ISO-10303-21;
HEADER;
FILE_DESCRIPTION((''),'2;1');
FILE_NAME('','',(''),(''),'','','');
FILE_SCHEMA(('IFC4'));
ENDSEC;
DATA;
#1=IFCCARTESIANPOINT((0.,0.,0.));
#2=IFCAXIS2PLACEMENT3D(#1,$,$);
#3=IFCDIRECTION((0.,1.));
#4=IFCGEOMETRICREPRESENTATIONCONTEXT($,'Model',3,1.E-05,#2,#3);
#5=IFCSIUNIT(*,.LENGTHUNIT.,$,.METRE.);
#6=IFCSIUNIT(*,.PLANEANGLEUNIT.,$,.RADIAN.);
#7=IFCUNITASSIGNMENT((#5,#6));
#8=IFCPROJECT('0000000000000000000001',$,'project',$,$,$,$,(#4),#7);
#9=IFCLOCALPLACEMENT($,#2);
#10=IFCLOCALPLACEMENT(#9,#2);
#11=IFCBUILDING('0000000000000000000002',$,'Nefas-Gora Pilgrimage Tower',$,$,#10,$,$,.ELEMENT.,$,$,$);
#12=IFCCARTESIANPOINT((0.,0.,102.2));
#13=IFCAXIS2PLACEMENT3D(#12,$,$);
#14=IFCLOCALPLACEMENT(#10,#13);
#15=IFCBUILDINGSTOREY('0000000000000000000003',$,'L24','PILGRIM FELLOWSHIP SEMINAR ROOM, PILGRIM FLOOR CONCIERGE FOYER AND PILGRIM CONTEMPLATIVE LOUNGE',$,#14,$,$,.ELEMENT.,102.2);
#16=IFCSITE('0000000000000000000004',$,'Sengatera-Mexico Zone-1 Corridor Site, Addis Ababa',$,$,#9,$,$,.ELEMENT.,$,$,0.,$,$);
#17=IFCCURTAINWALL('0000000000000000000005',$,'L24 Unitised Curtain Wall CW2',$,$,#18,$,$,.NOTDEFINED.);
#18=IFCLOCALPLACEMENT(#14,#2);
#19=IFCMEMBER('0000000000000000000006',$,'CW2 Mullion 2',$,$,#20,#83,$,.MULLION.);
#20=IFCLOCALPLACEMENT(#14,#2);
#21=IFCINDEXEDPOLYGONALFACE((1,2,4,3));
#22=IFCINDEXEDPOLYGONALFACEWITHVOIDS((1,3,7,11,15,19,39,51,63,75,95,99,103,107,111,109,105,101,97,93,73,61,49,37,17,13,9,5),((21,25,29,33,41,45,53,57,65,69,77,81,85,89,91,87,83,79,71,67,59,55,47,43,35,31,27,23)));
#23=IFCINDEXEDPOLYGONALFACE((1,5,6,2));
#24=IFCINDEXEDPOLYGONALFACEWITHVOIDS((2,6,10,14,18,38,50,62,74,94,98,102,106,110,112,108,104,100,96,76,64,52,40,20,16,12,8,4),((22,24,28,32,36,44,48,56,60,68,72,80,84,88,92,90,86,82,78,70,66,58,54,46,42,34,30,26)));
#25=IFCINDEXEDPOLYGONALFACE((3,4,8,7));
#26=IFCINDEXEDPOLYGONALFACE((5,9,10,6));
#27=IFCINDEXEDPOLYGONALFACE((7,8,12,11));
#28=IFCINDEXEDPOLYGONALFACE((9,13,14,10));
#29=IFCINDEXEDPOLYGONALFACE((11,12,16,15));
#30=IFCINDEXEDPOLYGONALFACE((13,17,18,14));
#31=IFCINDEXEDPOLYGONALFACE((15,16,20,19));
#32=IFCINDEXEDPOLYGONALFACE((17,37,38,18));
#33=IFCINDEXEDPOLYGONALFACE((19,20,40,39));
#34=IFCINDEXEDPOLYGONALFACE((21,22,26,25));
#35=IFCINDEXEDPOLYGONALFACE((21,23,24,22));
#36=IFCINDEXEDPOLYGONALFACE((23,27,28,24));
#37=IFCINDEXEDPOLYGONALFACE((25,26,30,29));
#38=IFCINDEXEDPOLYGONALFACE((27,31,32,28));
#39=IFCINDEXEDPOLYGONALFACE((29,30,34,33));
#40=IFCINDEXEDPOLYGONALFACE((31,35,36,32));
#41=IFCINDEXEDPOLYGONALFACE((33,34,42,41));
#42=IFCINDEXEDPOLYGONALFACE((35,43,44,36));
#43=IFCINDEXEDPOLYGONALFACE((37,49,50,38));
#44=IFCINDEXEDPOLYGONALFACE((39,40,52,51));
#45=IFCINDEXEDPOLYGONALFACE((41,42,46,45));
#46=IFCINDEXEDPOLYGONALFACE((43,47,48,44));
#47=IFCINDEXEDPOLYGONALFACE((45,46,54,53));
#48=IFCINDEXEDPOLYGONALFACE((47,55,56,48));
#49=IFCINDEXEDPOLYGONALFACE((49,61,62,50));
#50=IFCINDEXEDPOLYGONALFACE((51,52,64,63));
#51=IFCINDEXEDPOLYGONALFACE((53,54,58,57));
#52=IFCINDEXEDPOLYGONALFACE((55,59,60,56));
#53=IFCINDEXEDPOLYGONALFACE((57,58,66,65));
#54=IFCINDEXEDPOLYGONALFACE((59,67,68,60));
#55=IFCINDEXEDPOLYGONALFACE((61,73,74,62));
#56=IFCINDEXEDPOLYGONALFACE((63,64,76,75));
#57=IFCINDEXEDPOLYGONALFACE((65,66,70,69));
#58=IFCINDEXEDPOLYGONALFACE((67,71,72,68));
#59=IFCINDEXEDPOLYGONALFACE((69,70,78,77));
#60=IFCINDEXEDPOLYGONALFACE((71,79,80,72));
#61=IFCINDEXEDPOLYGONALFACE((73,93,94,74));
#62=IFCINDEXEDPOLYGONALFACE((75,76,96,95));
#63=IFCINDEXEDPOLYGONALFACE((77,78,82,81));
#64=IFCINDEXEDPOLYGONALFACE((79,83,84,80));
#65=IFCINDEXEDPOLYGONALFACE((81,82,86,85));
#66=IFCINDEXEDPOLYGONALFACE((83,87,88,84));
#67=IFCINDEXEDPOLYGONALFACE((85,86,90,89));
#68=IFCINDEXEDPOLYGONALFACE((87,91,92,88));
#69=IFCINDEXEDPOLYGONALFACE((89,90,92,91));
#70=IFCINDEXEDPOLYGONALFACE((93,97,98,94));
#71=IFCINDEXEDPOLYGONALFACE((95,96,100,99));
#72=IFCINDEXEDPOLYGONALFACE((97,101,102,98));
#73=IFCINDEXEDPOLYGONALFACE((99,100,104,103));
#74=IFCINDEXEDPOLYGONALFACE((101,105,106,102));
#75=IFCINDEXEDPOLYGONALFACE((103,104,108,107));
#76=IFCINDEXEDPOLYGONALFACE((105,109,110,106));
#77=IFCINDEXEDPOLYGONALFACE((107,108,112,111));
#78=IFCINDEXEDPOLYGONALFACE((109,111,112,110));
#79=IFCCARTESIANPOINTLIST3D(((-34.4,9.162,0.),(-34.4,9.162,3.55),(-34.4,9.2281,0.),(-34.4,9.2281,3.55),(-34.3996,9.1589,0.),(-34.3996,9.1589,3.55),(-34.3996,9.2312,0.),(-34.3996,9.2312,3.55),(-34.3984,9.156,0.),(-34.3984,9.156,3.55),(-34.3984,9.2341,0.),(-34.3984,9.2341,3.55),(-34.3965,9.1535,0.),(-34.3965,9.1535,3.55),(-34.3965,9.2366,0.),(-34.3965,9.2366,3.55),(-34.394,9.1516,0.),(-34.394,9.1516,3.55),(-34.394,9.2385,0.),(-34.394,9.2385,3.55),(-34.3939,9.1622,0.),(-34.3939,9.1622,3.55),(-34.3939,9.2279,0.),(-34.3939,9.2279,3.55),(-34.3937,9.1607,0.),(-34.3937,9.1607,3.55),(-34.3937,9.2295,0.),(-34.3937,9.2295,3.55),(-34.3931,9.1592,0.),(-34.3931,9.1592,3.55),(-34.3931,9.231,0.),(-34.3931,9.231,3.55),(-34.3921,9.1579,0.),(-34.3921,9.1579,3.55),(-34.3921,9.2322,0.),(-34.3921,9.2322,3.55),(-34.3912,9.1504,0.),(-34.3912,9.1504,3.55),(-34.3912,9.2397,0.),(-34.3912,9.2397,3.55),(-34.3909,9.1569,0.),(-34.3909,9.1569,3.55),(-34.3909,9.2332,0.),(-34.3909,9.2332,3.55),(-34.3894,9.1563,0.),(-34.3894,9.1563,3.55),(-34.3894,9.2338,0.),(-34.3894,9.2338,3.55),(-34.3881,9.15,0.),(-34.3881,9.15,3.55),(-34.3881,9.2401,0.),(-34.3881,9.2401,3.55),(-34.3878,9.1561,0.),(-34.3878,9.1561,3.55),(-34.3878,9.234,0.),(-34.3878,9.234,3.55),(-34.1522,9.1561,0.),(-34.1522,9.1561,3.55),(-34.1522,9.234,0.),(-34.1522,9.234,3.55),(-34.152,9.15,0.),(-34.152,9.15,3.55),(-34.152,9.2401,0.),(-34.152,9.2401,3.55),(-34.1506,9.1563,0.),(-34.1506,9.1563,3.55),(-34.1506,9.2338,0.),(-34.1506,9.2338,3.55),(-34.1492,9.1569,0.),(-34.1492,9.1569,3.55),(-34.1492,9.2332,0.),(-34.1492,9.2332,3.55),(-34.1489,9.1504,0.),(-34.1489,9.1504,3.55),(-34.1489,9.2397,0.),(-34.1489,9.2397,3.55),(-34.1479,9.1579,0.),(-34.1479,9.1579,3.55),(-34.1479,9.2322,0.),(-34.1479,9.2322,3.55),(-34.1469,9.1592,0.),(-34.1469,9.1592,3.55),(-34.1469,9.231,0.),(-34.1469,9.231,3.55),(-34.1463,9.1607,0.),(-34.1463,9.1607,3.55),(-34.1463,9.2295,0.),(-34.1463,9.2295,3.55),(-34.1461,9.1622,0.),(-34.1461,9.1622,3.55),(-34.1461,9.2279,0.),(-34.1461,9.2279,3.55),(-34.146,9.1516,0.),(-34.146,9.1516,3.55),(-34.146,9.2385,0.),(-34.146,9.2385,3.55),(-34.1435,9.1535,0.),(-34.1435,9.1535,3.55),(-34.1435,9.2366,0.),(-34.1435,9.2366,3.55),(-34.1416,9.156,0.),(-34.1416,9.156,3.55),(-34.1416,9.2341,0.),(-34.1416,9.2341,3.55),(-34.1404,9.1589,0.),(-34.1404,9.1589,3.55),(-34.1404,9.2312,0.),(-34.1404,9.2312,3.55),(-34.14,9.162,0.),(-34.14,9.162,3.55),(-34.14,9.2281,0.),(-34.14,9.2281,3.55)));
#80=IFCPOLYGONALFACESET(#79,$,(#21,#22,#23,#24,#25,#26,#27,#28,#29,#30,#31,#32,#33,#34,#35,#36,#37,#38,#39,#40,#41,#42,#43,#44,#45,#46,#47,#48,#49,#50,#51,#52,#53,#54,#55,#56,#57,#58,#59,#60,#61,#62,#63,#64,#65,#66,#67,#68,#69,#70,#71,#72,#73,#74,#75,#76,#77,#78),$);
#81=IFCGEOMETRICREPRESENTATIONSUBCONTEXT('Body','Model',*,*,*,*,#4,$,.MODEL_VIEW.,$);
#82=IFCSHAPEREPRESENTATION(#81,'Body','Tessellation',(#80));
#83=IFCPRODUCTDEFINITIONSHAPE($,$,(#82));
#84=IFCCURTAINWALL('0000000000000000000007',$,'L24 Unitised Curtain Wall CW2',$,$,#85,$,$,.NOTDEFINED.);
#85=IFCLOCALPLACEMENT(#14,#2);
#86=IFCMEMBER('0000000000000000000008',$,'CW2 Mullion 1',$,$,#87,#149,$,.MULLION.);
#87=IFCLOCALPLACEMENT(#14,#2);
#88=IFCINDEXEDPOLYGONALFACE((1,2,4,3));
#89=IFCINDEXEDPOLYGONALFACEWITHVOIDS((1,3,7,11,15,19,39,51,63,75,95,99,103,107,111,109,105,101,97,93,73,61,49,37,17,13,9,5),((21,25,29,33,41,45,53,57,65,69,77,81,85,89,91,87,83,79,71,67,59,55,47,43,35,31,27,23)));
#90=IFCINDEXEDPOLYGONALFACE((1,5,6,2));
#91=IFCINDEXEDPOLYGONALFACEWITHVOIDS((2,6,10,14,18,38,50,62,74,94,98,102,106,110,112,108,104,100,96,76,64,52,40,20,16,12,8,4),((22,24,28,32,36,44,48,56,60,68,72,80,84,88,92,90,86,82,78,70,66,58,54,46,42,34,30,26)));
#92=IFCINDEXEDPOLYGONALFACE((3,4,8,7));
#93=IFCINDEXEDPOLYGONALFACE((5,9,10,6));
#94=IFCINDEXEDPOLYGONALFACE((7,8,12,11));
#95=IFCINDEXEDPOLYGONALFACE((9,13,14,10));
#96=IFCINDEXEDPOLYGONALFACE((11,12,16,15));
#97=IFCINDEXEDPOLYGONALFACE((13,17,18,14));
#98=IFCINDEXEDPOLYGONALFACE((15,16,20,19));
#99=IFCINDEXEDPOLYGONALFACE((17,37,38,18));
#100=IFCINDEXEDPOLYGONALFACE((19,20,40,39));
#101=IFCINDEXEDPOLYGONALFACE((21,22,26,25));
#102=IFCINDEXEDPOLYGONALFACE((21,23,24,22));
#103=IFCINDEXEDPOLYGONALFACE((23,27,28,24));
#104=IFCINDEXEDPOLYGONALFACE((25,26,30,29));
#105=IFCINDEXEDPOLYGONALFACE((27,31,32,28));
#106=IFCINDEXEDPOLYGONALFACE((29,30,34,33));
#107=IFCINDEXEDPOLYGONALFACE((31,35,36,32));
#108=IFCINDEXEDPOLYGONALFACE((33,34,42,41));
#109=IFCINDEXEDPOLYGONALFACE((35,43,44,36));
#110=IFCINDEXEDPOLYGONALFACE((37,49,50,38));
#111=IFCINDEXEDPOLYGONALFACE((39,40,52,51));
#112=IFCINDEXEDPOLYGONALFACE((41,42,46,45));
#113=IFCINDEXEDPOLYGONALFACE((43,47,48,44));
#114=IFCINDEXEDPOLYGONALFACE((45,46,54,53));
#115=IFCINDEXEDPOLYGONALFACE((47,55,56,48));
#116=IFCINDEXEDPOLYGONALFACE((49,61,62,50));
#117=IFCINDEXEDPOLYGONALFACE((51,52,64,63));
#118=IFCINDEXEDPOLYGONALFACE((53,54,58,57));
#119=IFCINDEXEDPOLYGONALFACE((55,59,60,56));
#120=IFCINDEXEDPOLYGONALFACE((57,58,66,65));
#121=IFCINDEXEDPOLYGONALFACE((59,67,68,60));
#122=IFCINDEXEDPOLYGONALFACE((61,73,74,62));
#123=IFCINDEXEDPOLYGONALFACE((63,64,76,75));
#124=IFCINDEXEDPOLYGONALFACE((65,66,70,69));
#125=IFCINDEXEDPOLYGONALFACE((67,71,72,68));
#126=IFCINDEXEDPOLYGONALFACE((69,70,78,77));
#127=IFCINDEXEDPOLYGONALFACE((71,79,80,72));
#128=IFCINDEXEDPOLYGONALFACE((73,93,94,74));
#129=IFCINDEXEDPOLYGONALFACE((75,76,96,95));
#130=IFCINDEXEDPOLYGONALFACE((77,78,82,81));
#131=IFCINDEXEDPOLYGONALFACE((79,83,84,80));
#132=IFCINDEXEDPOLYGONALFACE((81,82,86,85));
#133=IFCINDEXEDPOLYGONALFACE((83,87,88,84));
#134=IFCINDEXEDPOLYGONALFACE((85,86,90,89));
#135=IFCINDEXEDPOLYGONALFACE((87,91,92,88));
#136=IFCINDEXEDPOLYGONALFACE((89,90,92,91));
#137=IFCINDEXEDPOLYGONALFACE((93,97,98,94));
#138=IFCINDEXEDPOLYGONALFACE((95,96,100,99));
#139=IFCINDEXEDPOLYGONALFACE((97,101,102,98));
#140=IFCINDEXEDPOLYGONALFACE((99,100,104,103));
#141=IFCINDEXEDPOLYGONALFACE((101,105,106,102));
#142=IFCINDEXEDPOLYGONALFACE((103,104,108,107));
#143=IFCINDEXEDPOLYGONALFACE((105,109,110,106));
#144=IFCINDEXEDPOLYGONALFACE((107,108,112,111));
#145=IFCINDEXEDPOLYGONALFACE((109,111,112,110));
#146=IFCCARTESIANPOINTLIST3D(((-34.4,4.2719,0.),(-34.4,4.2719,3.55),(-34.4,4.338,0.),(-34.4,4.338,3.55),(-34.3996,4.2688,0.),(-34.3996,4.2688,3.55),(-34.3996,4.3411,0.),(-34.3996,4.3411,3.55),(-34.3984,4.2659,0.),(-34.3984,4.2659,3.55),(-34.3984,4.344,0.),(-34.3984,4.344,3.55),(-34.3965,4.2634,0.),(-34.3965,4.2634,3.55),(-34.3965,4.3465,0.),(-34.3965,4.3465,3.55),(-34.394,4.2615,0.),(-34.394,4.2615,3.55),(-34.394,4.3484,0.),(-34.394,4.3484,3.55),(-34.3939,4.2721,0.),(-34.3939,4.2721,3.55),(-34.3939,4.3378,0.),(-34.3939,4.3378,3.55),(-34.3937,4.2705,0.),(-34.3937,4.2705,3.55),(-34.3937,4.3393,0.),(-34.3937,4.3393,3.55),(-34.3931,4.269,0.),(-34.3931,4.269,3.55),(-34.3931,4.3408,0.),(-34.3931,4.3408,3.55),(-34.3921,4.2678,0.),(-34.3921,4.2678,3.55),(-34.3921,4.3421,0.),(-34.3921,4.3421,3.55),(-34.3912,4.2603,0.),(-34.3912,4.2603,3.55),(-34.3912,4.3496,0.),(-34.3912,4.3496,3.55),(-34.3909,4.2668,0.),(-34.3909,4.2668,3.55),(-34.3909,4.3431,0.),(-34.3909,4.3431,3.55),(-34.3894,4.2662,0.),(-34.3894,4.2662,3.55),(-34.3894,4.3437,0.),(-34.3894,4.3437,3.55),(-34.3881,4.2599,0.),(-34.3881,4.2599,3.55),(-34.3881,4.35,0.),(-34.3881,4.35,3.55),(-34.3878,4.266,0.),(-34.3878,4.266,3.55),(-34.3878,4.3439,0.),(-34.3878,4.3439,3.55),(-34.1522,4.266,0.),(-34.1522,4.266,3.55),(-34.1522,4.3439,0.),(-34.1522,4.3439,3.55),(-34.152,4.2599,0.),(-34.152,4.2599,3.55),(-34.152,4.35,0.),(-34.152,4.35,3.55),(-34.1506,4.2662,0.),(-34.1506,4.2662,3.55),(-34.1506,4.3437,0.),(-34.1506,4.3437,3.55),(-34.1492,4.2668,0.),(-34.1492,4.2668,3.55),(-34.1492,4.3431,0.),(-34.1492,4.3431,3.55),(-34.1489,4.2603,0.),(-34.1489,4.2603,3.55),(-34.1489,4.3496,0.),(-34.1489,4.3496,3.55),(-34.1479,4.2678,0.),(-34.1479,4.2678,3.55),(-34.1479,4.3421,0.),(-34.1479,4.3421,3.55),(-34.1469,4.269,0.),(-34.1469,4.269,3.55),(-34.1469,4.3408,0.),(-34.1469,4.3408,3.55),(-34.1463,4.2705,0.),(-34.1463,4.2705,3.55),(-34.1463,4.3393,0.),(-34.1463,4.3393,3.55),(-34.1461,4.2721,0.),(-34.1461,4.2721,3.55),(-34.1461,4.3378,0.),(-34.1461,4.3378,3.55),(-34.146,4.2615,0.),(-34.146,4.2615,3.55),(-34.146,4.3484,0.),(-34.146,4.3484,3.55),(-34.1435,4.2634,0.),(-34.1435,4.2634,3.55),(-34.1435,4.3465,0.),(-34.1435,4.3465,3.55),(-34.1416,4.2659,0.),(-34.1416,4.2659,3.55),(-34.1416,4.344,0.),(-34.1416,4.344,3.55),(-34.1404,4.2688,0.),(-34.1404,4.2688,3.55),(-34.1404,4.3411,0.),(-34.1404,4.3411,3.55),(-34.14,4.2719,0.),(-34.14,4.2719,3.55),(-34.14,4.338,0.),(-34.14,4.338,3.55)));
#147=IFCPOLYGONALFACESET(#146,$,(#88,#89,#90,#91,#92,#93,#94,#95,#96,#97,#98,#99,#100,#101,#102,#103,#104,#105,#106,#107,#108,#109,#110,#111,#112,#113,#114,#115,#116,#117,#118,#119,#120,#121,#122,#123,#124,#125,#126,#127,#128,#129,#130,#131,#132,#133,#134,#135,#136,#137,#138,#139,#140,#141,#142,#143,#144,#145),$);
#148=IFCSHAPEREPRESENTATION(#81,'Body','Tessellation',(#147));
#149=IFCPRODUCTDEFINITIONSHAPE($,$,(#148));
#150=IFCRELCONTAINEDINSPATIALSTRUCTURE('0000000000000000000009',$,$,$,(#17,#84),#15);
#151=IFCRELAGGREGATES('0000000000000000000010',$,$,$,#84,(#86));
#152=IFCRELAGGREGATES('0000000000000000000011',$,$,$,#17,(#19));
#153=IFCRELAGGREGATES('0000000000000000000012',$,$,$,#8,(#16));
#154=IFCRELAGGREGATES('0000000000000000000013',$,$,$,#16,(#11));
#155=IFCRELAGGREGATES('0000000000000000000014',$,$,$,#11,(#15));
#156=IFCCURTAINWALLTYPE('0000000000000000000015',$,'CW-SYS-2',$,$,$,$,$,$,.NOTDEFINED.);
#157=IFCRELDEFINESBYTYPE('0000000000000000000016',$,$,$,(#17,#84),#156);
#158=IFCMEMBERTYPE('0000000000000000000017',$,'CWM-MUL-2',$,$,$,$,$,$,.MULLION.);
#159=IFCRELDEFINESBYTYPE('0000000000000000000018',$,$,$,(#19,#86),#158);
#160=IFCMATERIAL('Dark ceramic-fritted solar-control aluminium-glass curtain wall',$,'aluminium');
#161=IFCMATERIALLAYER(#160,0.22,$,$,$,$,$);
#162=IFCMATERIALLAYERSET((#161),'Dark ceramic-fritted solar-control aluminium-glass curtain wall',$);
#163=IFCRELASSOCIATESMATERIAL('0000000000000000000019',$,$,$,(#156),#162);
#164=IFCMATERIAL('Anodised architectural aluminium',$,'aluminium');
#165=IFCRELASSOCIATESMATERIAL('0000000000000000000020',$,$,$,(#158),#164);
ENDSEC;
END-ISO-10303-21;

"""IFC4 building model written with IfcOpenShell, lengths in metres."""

from ifc_helpers import new_model, si_unit, direction, frame, origin, origin_2d, place, context, subcontext, project, spatial, hollow_rectangle, extrude, source, transform, mapped, material, layer, layer_set, material_profile, profile_set, type_object, element, aggregate, save


model = new_model("IFC4")

# Units and contexts
model_context = context("Model", 3, precision=1e-05, world=origin(), true_north=direction((0.0, 1.0)))
body_context = subcontext(model_context, "Body", "Model", "MODEL_VIEW")
ifc_project = project(units=[si_unit("LENGTHUNIT", "METRE"), si_unit("PLANEANGLEUNIT", "RADIAN")], contexts=[model_context])

# Site, building, storey
site_placement = place(None, origin())
site = spatial("IfcSite", under=ifc_project, at=site_placement, Name="Sengatera-Mexico Zone-1 Corridor Site, Addis Ababa", CompositionType="ELEMENT", RefElevation=0.0)
building_placement = place(site_placement, origin())
building = spatial("IfcBuilding", under=site, at=building_placement, Name="Nefas-Gora Pilgrimage Tower", CompositionType="ELEMENT")
storey_placement = place(building_placement, frame((0.0, 0.0, 102.2)))
storey = spatial("IfcBuildingStorey", under=building, at=storey_placement, Name="L24", Description="PILGRIM FELLOWSHIP SEMINAR ROOM, PILGRIM FLOOR CONCIERGE FOYER AND PILGRIM CONTEMPLATIVE LOUNGE", CompositionType="ELEMENT", Elevation=102.2)

# Shared definitions
ifc_material_1 = material(Name="Dark ceramic-fritted solar-control aluminium-glass curtain wall", Category="aluminium")
ifc_layer_1 = layer(ifc_material_1, 0.22)
ifc_layer_set_1 = layer_set([ifc_layer_1], Name="Dark ceramic-fritted solar-control aluminium-glass curtain wall")
curtain_wall_type = type_object("IfcCurtainWallType", Name="CW-SYS-2", PredefinedType="NOTDEFINED", material=ifc_layer_set_1)
ifc_material_2 = material(Name="Anodised architectural aluminium", Category="aluminium")
ifc_material_profile_1 = material_profile(ifc_material_2, hollow_rectangle(XDim=0.0901, YDim=0.26, WallThickness=0.0061, InnerFilletRadius=0.0061, OuterFilletRadius=0.012, at=origin_2d()), Name="ALU MULLION 90x260")
ifc_profile_set_1 = profile_set([ifc_material_profile_1], Name="Anodised architectural aluminium")
member_type_1 = type_object("IfcMemberType", Name="CWM-MUL-2", PredefinedType="MULLION", material=ifc_profile_set_1)
shared_shape_1 = source(origin(), body_context, "Body", "SweptSolid", [
    extrude(hollow_rectangle(XDim=0.0901, YDim=0.26, WallThickness=0.0061, InnerFilletRadius=0.0061, OuterFilletRadius=0.012, at=origin_2d()), origin(), (0.0, 0.0, 1.0), 3.55),
])

# Curtain wall, member
curtain_wall_1_placement = place(storey_placement, origin())
curtain_wall_1 = element("IfcCurtainWall", 1, at=curtain_wall_1_placement, inside=storey, type_object=curtain_wall_type, Name="L24 Unitised Curtain Wall CW2", PredefinedType="NOTDEFINED")
member_1_placement = place(storey_placement, frame((-34.27, 9.1951, 0.0), z_axis=(0.0, 0.0, 1.0), x_axis=(0.0, -1.0, 0.0)))
member_1 = element("IfcMember", 2, at=member_1_placement, type_object=member_type_1, Name="CW2 Mullion 2", PredefinedType="MULLION", context=body_context, shape_type="MappedRepresentation", body=[
    mapped(shared_shape_1, transform((0.0, 0.0, 0.0), x_axis=(1.0, 0.0, 0.0), y_axis=(0.0, 1.0, 0.0), z_axis=(0.0, 0.0, 1.0), scale=1.0)),
])

# Curtain wall, member
curtain_wall_2_placement = place(storey_placement, origin())
curtain_wall_2 = element("IfcCurtainWall", 3, at=curtain_wall_2_placement, inside=storey, type_object=curtain_wall_type, Name="L24 Unitised Curtain Wall CW2", PredefinedType="NOTDEFINED")
member_2_placement = place(storey_placement, frame((-34.27, 4.3049, 0.0), z_axis=(0.0, 0.0, 1.0), x_axis=(0.0, -1.0, 0.0)))
member_2 = element("IfcMember", 4, at=member_2_placement, type_object=member_type_1, Name="CW2 Mullion 1", PredefinedType="MULLION", context=body_context, shape_type="MappedRepresentation", body=[
    mapped(shared_shape_1, transform((0.0, 0.0, 0.0), x_axis=(1.0, 0.0, 0.0), y_axis=(0.0, 1.0, 0.0), z_axis=(0.0, 0.0, 1.0), scale=1.0)),
])

aggregate(curtain_wall_2, [member_2])

aggregate(curtain_wall_1, [member_1])

save(model, "model.ifc")
